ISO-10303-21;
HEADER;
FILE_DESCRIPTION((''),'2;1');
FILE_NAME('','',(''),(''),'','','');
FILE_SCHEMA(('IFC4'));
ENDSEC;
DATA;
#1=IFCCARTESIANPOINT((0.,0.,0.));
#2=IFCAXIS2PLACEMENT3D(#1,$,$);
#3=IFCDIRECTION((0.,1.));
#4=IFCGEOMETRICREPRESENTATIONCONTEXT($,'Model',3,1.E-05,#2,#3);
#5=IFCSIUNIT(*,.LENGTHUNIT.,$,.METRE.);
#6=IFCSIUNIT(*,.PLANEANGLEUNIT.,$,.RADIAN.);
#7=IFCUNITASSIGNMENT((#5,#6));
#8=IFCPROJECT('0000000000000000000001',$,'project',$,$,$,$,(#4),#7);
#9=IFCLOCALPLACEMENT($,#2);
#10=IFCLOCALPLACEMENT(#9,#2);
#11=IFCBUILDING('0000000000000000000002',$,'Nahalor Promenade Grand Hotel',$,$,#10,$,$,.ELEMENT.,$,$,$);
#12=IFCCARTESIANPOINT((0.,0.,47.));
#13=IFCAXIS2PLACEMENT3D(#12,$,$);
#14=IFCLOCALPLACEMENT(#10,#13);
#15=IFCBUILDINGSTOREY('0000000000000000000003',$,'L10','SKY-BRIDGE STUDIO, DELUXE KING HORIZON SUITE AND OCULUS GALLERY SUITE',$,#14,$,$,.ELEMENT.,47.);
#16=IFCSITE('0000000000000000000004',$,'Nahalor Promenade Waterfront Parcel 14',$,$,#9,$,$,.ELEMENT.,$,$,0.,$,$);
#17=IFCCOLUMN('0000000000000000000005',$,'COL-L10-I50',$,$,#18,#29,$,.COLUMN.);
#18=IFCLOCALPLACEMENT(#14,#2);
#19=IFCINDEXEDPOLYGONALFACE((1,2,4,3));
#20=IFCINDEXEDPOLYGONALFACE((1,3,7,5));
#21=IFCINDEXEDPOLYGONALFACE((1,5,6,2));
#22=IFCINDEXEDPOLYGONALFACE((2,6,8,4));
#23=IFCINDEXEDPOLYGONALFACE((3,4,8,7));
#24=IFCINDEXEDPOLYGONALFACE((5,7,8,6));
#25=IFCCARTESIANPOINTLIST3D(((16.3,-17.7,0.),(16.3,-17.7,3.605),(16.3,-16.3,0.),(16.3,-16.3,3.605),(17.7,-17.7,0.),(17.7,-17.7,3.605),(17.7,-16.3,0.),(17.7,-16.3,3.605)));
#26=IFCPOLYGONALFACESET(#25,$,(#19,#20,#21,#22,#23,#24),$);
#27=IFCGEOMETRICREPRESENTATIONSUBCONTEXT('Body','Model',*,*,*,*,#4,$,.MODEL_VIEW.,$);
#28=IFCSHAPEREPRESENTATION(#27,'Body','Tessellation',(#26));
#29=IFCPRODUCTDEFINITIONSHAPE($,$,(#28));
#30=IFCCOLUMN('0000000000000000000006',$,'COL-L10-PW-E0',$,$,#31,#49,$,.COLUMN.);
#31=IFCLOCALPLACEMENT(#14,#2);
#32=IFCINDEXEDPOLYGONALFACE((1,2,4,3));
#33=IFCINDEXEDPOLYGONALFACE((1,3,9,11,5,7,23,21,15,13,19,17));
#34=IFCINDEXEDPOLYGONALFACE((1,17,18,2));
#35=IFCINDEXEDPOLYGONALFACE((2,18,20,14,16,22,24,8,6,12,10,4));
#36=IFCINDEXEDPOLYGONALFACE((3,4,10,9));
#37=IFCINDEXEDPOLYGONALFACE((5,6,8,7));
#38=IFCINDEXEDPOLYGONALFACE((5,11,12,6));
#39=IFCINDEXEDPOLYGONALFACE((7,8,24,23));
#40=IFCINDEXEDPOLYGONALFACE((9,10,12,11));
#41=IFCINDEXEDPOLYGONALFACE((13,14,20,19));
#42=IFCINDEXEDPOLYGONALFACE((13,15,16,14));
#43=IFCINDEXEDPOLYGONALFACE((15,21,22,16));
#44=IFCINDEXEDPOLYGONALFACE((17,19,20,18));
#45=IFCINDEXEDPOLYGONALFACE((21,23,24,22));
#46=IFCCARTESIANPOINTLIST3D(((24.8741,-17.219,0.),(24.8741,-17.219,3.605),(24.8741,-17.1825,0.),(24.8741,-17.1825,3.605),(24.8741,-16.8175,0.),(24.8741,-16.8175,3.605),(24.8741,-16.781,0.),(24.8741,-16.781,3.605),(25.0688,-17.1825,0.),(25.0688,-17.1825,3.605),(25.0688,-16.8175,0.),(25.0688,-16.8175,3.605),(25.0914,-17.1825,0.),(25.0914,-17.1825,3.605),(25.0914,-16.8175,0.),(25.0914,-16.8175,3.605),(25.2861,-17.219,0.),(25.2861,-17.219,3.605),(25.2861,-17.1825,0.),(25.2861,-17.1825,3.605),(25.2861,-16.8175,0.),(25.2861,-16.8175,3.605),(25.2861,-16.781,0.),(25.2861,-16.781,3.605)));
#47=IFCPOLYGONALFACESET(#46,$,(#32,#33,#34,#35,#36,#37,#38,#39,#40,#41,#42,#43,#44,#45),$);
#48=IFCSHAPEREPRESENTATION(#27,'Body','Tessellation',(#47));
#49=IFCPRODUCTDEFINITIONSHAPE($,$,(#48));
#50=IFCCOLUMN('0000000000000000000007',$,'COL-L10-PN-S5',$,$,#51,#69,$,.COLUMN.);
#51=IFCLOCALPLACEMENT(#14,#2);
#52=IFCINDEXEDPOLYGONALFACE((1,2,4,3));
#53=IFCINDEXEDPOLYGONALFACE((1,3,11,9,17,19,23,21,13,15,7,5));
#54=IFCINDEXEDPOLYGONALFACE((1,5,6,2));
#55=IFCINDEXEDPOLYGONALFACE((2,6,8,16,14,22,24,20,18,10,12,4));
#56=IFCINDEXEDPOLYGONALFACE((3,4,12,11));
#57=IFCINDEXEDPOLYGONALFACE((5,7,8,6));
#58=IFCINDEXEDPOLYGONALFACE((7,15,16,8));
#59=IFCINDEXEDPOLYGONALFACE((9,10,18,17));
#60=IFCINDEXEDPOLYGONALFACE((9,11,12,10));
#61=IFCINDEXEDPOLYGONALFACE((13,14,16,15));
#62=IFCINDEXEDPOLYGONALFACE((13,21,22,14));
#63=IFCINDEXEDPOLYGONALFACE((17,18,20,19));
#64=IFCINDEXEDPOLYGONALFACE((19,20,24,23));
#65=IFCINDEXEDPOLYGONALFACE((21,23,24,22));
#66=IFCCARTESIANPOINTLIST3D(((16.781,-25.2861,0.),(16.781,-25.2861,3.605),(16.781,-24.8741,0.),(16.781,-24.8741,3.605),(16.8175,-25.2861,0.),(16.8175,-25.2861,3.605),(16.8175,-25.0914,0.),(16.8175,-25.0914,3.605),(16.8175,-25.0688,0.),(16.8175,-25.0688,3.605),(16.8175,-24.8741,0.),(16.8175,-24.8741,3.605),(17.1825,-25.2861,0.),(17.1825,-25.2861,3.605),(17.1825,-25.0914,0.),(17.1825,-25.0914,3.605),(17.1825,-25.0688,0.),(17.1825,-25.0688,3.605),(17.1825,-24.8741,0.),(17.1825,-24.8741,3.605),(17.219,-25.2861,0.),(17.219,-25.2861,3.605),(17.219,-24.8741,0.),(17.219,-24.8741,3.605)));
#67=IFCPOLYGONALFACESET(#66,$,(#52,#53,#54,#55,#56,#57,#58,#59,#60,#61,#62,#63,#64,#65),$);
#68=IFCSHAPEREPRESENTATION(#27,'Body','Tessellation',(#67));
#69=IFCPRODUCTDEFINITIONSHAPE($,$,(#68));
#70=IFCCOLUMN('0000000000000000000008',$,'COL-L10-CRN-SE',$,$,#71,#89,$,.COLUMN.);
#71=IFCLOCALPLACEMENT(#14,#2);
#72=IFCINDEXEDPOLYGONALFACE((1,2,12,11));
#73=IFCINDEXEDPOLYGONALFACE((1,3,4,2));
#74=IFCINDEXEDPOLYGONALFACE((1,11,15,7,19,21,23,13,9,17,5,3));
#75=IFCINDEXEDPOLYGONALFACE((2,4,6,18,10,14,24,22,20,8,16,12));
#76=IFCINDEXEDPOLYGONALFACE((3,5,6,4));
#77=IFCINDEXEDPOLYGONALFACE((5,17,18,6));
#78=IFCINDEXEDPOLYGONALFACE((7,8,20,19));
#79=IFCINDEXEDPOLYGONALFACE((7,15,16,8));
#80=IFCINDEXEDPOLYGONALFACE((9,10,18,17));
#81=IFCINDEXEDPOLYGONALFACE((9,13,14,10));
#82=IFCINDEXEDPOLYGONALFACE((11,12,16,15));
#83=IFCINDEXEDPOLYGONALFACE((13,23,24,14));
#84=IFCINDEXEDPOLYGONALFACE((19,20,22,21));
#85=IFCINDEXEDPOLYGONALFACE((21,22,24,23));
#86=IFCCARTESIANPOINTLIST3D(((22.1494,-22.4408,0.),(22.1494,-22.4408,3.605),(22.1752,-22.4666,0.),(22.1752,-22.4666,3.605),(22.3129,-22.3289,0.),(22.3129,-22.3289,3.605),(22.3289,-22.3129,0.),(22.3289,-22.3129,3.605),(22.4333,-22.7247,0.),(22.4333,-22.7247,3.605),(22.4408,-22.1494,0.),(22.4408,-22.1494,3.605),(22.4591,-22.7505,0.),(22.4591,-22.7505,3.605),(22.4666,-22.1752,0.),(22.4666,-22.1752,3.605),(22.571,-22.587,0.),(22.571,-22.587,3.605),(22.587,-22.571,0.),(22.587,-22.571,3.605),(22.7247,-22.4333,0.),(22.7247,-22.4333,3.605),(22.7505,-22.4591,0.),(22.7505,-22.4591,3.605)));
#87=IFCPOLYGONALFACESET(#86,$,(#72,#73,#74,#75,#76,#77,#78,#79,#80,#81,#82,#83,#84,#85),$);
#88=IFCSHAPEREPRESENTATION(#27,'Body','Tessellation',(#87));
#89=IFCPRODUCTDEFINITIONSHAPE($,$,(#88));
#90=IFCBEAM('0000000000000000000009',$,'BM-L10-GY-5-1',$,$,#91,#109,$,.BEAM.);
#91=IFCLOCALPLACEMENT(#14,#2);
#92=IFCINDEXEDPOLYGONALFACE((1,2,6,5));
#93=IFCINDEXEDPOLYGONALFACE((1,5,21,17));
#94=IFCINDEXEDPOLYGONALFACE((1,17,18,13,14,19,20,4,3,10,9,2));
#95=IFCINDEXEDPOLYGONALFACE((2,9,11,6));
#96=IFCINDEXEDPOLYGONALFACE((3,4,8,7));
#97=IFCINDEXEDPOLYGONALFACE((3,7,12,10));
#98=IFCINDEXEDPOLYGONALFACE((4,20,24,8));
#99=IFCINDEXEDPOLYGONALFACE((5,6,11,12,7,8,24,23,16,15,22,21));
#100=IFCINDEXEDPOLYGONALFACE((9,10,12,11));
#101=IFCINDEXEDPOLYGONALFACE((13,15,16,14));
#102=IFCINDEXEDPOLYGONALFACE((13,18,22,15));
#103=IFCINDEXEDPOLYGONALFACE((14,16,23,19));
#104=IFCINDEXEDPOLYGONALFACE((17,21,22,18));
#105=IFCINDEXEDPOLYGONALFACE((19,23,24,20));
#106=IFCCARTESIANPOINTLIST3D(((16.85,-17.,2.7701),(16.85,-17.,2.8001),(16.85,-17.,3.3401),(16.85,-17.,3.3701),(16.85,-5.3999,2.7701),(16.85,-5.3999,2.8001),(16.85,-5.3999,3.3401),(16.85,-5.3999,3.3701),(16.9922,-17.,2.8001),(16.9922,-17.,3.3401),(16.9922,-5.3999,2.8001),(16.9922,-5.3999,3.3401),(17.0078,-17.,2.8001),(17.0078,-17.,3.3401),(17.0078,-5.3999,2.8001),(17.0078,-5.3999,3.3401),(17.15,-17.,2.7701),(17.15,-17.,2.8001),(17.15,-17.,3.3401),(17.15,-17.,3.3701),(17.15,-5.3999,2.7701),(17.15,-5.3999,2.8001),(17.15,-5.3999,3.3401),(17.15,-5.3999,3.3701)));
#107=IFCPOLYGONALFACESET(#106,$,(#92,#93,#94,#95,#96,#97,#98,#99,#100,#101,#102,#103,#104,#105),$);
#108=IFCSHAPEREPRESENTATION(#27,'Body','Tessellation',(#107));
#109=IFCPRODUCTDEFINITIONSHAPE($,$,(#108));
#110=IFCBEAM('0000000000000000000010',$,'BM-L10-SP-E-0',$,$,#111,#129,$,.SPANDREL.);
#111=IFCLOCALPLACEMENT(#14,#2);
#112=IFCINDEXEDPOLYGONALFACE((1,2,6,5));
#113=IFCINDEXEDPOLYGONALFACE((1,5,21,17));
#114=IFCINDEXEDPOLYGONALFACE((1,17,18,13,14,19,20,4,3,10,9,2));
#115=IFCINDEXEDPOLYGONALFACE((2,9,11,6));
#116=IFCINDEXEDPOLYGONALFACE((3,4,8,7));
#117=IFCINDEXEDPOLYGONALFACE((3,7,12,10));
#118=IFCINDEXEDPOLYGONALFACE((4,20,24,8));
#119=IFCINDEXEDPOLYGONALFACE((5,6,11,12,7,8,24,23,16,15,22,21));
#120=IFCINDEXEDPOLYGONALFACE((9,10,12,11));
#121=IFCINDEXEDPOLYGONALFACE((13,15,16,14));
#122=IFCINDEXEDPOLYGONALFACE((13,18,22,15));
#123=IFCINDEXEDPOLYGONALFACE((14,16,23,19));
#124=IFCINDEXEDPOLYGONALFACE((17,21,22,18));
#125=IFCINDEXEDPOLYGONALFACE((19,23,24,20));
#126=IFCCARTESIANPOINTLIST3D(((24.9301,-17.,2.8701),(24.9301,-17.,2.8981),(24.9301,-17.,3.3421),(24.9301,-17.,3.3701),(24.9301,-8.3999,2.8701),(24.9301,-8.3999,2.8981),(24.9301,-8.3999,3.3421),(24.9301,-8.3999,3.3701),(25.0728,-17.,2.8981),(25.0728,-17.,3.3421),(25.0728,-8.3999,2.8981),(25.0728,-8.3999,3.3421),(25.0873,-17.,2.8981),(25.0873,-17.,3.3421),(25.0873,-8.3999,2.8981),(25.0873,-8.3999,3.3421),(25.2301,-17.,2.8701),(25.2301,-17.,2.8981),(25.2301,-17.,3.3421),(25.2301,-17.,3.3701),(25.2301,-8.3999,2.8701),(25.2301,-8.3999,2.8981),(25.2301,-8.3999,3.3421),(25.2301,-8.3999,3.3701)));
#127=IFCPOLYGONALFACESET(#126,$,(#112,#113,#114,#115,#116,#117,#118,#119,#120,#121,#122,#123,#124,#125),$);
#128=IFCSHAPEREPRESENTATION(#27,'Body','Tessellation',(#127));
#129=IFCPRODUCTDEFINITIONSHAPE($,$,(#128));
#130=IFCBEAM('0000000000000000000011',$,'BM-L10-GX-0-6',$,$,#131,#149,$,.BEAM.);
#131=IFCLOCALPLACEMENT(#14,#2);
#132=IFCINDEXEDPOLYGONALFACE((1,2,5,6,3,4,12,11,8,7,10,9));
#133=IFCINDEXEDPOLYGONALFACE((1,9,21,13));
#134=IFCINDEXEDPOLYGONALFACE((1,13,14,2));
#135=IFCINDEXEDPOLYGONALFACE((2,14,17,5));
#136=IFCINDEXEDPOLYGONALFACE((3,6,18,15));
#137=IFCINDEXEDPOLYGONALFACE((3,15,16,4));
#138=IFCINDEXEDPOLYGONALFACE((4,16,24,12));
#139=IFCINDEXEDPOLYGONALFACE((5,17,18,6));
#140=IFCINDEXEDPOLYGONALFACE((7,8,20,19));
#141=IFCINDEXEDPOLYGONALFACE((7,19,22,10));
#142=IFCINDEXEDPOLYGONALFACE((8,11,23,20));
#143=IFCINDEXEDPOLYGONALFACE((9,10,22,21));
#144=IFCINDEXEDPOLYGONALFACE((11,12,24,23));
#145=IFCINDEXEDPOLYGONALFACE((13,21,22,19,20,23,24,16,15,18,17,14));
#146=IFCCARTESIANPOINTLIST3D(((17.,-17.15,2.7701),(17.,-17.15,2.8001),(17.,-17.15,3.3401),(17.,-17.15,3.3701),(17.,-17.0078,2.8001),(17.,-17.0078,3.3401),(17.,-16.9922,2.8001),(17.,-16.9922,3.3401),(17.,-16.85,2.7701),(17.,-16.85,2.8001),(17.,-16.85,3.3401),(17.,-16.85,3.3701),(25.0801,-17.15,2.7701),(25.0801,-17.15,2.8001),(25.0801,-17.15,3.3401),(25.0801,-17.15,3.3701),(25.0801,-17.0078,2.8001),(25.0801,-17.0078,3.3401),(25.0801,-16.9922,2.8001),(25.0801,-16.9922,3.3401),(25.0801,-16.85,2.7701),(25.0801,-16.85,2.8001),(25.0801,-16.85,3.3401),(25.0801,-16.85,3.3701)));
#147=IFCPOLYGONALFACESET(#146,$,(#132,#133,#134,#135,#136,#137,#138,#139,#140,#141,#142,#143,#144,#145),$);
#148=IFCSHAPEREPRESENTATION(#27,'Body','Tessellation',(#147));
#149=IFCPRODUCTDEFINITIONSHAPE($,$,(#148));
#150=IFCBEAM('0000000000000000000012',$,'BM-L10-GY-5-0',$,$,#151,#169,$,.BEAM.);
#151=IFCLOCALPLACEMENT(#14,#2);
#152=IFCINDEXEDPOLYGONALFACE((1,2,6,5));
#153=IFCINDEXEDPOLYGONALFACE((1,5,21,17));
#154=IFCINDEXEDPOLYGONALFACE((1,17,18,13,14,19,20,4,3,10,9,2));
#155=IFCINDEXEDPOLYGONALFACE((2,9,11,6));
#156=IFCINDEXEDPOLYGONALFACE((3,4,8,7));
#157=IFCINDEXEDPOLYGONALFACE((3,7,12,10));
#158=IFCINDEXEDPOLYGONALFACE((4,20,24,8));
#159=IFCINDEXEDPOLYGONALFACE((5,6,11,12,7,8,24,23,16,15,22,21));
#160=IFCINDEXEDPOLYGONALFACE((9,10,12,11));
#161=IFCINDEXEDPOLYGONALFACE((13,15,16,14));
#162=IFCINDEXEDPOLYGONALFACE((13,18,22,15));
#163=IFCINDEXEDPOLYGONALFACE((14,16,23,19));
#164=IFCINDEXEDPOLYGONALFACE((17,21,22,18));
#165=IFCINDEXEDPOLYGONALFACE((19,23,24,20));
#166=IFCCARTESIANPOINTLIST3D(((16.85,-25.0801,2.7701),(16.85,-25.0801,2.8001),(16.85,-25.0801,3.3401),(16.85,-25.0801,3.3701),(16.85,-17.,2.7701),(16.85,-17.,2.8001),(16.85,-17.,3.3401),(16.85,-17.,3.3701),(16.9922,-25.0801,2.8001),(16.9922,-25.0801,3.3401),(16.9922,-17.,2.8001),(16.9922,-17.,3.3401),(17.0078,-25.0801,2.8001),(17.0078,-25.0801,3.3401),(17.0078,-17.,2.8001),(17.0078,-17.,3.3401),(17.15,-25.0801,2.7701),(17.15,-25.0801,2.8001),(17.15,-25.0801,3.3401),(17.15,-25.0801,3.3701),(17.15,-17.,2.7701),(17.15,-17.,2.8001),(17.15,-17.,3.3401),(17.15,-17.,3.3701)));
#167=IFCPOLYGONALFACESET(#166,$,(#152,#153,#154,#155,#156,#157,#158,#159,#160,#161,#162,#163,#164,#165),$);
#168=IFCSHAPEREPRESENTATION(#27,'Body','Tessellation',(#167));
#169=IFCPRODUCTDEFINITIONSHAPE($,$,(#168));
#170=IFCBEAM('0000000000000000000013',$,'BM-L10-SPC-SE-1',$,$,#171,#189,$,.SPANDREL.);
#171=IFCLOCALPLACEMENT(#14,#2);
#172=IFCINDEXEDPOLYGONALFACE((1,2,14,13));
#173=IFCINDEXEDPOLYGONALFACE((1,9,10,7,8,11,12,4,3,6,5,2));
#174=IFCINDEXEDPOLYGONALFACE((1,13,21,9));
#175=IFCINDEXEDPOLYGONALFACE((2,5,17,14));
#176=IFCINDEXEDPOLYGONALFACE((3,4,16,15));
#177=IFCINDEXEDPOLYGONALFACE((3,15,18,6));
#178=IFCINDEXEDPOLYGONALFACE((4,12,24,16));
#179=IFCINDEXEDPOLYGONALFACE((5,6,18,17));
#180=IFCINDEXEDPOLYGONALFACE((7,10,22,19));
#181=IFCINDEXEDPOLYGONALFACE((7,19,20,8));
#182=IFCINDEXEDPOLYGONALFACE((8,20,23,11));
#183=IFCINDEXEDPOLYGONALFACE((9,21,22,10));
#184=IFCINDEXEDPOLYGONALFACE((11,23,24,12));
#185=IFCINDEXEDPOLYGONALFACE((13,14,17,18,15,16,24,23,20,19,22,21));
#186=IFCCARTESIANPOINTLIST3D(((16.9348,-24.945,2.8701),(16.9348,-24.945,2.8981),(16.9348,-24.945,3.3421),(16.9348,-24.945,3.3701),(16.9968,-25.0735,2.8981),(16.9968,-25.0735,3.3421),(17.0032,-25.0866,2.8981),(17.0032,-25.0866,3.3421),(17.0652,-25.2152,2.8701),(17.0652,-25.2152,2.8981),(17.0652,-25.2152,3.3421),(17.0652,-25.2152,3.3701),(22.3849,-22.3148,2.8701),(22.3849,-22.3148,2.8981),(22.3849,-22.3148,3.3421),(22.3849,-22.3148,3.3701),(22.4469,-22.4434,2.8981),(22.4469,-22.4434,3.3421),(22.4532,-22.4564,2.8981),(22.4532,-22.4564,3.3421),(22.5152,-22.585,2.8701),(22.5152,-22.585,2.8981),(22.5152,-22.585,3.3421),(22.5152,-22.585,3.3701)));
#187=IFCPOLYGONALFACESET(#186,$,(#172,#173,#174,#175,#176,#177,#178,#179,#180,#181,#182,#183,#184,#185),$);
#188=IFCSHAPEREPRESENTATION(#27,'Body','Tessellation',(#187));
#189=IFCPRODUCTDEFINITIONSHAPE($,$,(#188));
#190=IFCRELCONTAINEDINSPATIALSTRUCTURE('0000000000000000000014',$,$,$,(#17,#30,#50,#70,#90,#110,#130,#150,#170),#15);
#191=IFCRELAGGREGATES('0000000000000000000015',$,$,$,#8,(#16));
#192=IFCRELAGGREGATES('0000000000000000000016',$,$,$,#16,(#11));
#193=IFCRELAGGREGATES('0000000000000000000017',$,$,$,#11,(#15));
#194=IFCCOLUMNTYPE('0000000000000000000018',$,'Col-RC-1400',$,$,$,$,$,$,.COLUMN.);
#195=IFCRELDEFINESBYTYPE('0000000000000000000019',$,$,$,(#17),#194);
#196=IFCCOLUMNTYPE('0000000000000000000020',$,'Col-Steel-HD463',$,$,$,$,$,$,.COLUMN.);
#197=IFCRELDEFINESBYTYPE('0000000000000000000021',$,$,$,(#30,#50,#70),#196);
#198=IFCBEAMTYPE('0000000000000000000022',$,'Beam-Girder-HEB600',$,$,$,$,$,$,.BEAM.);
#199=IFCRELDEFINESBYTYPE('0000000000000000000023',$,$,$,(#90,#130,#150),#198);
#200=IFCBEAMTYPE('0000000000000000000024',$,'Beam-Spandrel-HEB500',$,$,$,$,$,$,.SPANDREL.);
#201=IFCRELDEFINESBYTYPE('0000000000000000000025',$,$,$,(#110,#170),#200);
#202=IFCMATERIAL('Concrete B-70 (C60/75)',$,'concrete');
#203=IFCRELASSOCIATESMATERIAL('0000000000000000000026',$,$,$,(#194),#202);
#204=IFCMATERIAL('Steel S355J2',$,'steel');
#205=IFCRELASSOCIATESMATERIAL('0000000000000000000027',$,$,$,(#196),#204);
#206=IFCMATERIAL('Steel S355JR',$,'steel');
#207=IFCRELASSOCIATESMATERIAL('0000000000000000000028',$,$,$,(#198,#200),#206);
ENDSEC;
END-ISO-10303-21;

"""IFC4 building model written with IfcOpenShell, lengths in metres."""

from ifc_helpers import new_model, si_unit, direction, frame, origin, origin_2d, place, context, subcontext, project, spatial, rectangle, i_section, extrude, source, transform, mapped, material, material_profile, profile_set, type_object, element, save


model = new_model("IFC4")

# Units and contexts
model_context = context("Model", 3, precision=1e-05, world=origin(), true_north=direction((0.0, 1.0)))
body_context = subcontext(model_context, "Body", "Model", "MODEL_VIEW")
ifc_project = project(units=[si_unit("LENGTHUNIT", "METRE"), si_unit("PLANEANGLEUNIT", "RADIAN")], contexts=[model_context])

# Site, building, storey
site_placement = place(None, origin())
site = spatial("IfcSite", under=ifc_project, at=site_placement, Name="Nahalor Promenade Waterfront Parcel 14", CompositionType="ELEMENT", RefElevation=0.0)
building_placement = place(site_placement, origin())
building = spatial("IfcBuilding", under=site, at=building_placement, Name="Nahalor Promenade Grand Hotel", CompositionType="ELEMENT")
storey_placement = place(building_placement, frame((0.0, 0.0, 47.0)))
storey = spatial("IfcBuildingStorey", under=building, at=storey_placement, Name="L10", Description="SKY-BRIDGE STUDIO, DELUXE KING HORIZON SUITE AND OCULUS GALLERY SUITE", CompositionType="ELEMENT", Elevation=47.0)

# Columns
ifc_material_1 = material(Name="Concrete B-70 (C60/75)", Category="concrete")
ifc_material_profile_1 = material_profile(ifc_material_1, rectangle(XDim=1.4, YDim=1.4, at=origin_2d()), Name="RC 1400x1400")
ifc_profile_set_1 = profile_set([ifc_material_profile_1], Name="Concrete B-70 (C60/75)")
column_type_1 = type_object("IfcColumnType", Name="Col-RC-1400", PredefinedType="COLUMN", material=ifc_profile_set_1)
shared_shape_1 = source(origin(), body_context, "Body", "SweptSolid", [
    extrude(rectangle(XDim=1.4, YDim=1.4, at=origin_2d()), origin(), (0.0, 0.0, 1.0), 3.605),
])
column_placement = place(storey_placement, frame((17.0, -17.0, 0.0), z_axis=(0.0, 0.0, 1.0), x_axis=(1.0, 0.0, 0.0)))
element("IfcColumn", 1, at=column_placement, inside=storey, type_object=column_type_1, Name="COL-L10-I50", PredefinedType="COLUMN", context=body_context, shape_type="MappedRepresentation", body=[
    mapped(shared_shape_1, transform((0.0, 0.0, 0.0), scale=1.0)),
])
ifc_material_2 = material(Name="Steel S355J2", Category="steel")
ifc_material_profile_2 = material_profile(ifc_material_2, i_section(OverallWidth=0.412, OverallDepth=0.438, WebThickness=0.0226, FlangeThickness=0.0365, at=origin_2d()), Name="HD 400x463")
ifc_profile_set_2 = profile_set([ifc_material_profile_2], Name="Steel S355J2")
column_type_2 = type_object("IfcColumnType", Name="Col-Steel-HD463", PredefinedType="COLUMN", material=ifc_profile_set_2)
shared_shape_2 = source(origin(), body_context, "Body", "SweptSolid", [
    extrude(i_section(OverallWidth=0.412, OverallDepth=0.438, WebThickness=0.0226, FlangeThickness=0.0365, at=origin_2d()), origin(), (0.0, 0.0, 1.0), 3.605),
])
for number, where, z_axis, x_axis, name in (
    (2, (25.0801, -17.0, 0.0), (0.0, 0.0, 1.0), (1.0, 0.0, 0.0), "COL-L10-PW-E0"),
    (3, (17.0, -25.0801, 0.0), (0.0, 0.0, 1.0), (0.0, 1.0, 0.0), "COL-L10-PN-S5"),
    (4, (22.45, -22.45, 0.0), (0.0, 0.0, 1.0), (0.707107, 0.707107, 0.0), "COL-L10-CRN-SE"),
):
    element("IfcColumn", number, at=place(storey_placement, frame(where, z_axis=z_axis, x_axis=x_axis)), inside=storey, type_object=column_type_2, Name=name, PredefinedType="COLUMN", context=body_context, shape_type="MappedRepresentation", body=[
        mapped(shared_shape_2, transform((0.0, 0.0, 0.0), scale=1.0)),
    ])

# Beams
ifc_material_3 = material(Name="Steel S355JR", Category="steel")
ifc_material_profile_3 = material_profile(ifc_material_3, i_section(OverallWidth=0.3, OverallDepth=0.6, WebThickness=0.0155, FlangeThickness=0.03, at=origin_2d()), Name="HEB 600")
ifc_profile_set_3 = profile_set([ifc_material_profile_3], Name="Steel S355JR")
beam_type_1 = type_object("IfcBeamType", Name="Beam-Girder-HEB600", PredefinedType="BEAM", material=ifc_profile_set_3)
shared_shape_3 = source(origin(), body_context, "Body", "SweptSolid", [
    extrude(i_section(OverallWidth=0.3, OverallDepth=0.6, WebThickness=0.0155, FlangeThickness=0.03, at=origin_2d()), origin(), (0.0, 0.0, 1.0), 11.6001),
])
beam_1_placement = place(storey_placement, frame((17.0, -17.0, 3.0701), z_axis=(0.0, 1.0, 0.0), x_axis=(-1.0, 0.0, 0.0)))
element("IfcBeam", 5, at=beam_1_placement, inside=storey, type_object=beam_type_1, Name="BM-L10-GY-5-1", PredefinedType="BEAM", context=body_context, shape_type="MappedRepresentation", body=[
    mapped(shared_shape_3, transform((0.0, 0.0, 0.0), scale=1.0)),
])
ifc_material_profile_4 = material_profile(ifc_material_3, i_section(OverallWidth=0.3, OverallDepth=0.5, WebThickness=0.0145, FlangeThickness=0.028, at=origin_2d()), Name="HEB 500")
ifc_profile_set_4 = profile_set([ifc_material_profile_4], Name="Steel S355JR")
beam_type_2 = type_object("IfcBeamType", Name="Beam-Spandrel-HEB500", PredefinedType="SPANDREL", material=ifc_profile_set_4)
shared_shape_4 = source(origin(), body_context, "Body", "SweptSolid", [
    extrude(i_section(OverallWidth=0.3, OverallDepth=0.5, WebThickness=0.0145, FlangeThickness=0.028, at=origin_2d()), origin(), (0.0, 0.0, 1.0), 8.6001),
])
beam_2_placement = place(storey_placement, frame((25.0801, -17.0, 3.1201), z_axis=(0.0, 1.0, 0.0), x_axis=(-1.0, 0.0, 0.0)))
element("IfcBeam", 6, at=beam_2_placement, inside=storey, type_object=beam_type_2, Name="BM-L10-SP-E-0", PredefinedType="SPANDREL", context=body_context, shape_type="MappedRepresentation", body=[
    mapped(shared_shape_4, transform((0.0, 0.0, 0.0), scale=1.0)),
])
shared_shape_5 = source(origin(), body_context, "Body", "SweptSolid", [
    extrude(i_section(OverallWidth=0.3, OverallDepth=0.6, WebThickness=0.0155, FlangeThickness=0.03, at=origin_2d()), origin(), (0.0, 0.0, 1.0), 8.0801),
])
for number, where, z_axis, x_axis, name in (
    (7, (17.0, -17.0, 3.0701), (1.0, 0.0, 0.0), (0.0, 1.0, 0.0), "BM-L10-GX-0-6"),
    (8, (17.0, -25.0801, 3.0701), (0.0, 1.0, 0.0), (-1.0, 0.0, 0.0), "BM-L10-GY-5-0"),
):
    element("IfcBeam", number, at=place(storey_placement, frame(where, z_axis=z_axis, x_axis=x_axis)), inside=storey, type_object=beam_type_1, Name=name, PredefinedType="BEAM", context=body_context, shape_type="MappedRepresentation", body=[
        mapped(shared_shape_5, transform((0.0, 0.0, 0.0), scale=1.0)),
    ])
shared_shape_6 = source(origin(), body_context, "Body", "SweptSolid", [
    extrude(i_section(OverallWidth=0.3, OverallDepth=0.5, WebThickness=0.0145, FlangeThickness=0.028, at=origin_2d()), origin(), (0.0, 0.0, 1.0), 6.0515),
])
for number, where, z_axis, x_axis, name in (
    (9, (17.0, -25.0801, 3.1201), (0.900609, 0.434631, 0.0), (-0.434631, 0.900609, 0.0), "BM-L10-SPC-SE-1"),
):
    element("IfcBeam", number, at=place(storey_placement, frame(where, z_axis=z_axis, x_axis=x_axis)), inside=storey, type_object=beam_type_2, Name=name, PredefinedType="SPANDREL", context=body_context, shape_type="MappedRepresentation", body=[
        mapped(shared_shape_6, transform((0.0, 0.0, 0.0), scale=1.0)),
    ])

save(model, "model.ifc")
